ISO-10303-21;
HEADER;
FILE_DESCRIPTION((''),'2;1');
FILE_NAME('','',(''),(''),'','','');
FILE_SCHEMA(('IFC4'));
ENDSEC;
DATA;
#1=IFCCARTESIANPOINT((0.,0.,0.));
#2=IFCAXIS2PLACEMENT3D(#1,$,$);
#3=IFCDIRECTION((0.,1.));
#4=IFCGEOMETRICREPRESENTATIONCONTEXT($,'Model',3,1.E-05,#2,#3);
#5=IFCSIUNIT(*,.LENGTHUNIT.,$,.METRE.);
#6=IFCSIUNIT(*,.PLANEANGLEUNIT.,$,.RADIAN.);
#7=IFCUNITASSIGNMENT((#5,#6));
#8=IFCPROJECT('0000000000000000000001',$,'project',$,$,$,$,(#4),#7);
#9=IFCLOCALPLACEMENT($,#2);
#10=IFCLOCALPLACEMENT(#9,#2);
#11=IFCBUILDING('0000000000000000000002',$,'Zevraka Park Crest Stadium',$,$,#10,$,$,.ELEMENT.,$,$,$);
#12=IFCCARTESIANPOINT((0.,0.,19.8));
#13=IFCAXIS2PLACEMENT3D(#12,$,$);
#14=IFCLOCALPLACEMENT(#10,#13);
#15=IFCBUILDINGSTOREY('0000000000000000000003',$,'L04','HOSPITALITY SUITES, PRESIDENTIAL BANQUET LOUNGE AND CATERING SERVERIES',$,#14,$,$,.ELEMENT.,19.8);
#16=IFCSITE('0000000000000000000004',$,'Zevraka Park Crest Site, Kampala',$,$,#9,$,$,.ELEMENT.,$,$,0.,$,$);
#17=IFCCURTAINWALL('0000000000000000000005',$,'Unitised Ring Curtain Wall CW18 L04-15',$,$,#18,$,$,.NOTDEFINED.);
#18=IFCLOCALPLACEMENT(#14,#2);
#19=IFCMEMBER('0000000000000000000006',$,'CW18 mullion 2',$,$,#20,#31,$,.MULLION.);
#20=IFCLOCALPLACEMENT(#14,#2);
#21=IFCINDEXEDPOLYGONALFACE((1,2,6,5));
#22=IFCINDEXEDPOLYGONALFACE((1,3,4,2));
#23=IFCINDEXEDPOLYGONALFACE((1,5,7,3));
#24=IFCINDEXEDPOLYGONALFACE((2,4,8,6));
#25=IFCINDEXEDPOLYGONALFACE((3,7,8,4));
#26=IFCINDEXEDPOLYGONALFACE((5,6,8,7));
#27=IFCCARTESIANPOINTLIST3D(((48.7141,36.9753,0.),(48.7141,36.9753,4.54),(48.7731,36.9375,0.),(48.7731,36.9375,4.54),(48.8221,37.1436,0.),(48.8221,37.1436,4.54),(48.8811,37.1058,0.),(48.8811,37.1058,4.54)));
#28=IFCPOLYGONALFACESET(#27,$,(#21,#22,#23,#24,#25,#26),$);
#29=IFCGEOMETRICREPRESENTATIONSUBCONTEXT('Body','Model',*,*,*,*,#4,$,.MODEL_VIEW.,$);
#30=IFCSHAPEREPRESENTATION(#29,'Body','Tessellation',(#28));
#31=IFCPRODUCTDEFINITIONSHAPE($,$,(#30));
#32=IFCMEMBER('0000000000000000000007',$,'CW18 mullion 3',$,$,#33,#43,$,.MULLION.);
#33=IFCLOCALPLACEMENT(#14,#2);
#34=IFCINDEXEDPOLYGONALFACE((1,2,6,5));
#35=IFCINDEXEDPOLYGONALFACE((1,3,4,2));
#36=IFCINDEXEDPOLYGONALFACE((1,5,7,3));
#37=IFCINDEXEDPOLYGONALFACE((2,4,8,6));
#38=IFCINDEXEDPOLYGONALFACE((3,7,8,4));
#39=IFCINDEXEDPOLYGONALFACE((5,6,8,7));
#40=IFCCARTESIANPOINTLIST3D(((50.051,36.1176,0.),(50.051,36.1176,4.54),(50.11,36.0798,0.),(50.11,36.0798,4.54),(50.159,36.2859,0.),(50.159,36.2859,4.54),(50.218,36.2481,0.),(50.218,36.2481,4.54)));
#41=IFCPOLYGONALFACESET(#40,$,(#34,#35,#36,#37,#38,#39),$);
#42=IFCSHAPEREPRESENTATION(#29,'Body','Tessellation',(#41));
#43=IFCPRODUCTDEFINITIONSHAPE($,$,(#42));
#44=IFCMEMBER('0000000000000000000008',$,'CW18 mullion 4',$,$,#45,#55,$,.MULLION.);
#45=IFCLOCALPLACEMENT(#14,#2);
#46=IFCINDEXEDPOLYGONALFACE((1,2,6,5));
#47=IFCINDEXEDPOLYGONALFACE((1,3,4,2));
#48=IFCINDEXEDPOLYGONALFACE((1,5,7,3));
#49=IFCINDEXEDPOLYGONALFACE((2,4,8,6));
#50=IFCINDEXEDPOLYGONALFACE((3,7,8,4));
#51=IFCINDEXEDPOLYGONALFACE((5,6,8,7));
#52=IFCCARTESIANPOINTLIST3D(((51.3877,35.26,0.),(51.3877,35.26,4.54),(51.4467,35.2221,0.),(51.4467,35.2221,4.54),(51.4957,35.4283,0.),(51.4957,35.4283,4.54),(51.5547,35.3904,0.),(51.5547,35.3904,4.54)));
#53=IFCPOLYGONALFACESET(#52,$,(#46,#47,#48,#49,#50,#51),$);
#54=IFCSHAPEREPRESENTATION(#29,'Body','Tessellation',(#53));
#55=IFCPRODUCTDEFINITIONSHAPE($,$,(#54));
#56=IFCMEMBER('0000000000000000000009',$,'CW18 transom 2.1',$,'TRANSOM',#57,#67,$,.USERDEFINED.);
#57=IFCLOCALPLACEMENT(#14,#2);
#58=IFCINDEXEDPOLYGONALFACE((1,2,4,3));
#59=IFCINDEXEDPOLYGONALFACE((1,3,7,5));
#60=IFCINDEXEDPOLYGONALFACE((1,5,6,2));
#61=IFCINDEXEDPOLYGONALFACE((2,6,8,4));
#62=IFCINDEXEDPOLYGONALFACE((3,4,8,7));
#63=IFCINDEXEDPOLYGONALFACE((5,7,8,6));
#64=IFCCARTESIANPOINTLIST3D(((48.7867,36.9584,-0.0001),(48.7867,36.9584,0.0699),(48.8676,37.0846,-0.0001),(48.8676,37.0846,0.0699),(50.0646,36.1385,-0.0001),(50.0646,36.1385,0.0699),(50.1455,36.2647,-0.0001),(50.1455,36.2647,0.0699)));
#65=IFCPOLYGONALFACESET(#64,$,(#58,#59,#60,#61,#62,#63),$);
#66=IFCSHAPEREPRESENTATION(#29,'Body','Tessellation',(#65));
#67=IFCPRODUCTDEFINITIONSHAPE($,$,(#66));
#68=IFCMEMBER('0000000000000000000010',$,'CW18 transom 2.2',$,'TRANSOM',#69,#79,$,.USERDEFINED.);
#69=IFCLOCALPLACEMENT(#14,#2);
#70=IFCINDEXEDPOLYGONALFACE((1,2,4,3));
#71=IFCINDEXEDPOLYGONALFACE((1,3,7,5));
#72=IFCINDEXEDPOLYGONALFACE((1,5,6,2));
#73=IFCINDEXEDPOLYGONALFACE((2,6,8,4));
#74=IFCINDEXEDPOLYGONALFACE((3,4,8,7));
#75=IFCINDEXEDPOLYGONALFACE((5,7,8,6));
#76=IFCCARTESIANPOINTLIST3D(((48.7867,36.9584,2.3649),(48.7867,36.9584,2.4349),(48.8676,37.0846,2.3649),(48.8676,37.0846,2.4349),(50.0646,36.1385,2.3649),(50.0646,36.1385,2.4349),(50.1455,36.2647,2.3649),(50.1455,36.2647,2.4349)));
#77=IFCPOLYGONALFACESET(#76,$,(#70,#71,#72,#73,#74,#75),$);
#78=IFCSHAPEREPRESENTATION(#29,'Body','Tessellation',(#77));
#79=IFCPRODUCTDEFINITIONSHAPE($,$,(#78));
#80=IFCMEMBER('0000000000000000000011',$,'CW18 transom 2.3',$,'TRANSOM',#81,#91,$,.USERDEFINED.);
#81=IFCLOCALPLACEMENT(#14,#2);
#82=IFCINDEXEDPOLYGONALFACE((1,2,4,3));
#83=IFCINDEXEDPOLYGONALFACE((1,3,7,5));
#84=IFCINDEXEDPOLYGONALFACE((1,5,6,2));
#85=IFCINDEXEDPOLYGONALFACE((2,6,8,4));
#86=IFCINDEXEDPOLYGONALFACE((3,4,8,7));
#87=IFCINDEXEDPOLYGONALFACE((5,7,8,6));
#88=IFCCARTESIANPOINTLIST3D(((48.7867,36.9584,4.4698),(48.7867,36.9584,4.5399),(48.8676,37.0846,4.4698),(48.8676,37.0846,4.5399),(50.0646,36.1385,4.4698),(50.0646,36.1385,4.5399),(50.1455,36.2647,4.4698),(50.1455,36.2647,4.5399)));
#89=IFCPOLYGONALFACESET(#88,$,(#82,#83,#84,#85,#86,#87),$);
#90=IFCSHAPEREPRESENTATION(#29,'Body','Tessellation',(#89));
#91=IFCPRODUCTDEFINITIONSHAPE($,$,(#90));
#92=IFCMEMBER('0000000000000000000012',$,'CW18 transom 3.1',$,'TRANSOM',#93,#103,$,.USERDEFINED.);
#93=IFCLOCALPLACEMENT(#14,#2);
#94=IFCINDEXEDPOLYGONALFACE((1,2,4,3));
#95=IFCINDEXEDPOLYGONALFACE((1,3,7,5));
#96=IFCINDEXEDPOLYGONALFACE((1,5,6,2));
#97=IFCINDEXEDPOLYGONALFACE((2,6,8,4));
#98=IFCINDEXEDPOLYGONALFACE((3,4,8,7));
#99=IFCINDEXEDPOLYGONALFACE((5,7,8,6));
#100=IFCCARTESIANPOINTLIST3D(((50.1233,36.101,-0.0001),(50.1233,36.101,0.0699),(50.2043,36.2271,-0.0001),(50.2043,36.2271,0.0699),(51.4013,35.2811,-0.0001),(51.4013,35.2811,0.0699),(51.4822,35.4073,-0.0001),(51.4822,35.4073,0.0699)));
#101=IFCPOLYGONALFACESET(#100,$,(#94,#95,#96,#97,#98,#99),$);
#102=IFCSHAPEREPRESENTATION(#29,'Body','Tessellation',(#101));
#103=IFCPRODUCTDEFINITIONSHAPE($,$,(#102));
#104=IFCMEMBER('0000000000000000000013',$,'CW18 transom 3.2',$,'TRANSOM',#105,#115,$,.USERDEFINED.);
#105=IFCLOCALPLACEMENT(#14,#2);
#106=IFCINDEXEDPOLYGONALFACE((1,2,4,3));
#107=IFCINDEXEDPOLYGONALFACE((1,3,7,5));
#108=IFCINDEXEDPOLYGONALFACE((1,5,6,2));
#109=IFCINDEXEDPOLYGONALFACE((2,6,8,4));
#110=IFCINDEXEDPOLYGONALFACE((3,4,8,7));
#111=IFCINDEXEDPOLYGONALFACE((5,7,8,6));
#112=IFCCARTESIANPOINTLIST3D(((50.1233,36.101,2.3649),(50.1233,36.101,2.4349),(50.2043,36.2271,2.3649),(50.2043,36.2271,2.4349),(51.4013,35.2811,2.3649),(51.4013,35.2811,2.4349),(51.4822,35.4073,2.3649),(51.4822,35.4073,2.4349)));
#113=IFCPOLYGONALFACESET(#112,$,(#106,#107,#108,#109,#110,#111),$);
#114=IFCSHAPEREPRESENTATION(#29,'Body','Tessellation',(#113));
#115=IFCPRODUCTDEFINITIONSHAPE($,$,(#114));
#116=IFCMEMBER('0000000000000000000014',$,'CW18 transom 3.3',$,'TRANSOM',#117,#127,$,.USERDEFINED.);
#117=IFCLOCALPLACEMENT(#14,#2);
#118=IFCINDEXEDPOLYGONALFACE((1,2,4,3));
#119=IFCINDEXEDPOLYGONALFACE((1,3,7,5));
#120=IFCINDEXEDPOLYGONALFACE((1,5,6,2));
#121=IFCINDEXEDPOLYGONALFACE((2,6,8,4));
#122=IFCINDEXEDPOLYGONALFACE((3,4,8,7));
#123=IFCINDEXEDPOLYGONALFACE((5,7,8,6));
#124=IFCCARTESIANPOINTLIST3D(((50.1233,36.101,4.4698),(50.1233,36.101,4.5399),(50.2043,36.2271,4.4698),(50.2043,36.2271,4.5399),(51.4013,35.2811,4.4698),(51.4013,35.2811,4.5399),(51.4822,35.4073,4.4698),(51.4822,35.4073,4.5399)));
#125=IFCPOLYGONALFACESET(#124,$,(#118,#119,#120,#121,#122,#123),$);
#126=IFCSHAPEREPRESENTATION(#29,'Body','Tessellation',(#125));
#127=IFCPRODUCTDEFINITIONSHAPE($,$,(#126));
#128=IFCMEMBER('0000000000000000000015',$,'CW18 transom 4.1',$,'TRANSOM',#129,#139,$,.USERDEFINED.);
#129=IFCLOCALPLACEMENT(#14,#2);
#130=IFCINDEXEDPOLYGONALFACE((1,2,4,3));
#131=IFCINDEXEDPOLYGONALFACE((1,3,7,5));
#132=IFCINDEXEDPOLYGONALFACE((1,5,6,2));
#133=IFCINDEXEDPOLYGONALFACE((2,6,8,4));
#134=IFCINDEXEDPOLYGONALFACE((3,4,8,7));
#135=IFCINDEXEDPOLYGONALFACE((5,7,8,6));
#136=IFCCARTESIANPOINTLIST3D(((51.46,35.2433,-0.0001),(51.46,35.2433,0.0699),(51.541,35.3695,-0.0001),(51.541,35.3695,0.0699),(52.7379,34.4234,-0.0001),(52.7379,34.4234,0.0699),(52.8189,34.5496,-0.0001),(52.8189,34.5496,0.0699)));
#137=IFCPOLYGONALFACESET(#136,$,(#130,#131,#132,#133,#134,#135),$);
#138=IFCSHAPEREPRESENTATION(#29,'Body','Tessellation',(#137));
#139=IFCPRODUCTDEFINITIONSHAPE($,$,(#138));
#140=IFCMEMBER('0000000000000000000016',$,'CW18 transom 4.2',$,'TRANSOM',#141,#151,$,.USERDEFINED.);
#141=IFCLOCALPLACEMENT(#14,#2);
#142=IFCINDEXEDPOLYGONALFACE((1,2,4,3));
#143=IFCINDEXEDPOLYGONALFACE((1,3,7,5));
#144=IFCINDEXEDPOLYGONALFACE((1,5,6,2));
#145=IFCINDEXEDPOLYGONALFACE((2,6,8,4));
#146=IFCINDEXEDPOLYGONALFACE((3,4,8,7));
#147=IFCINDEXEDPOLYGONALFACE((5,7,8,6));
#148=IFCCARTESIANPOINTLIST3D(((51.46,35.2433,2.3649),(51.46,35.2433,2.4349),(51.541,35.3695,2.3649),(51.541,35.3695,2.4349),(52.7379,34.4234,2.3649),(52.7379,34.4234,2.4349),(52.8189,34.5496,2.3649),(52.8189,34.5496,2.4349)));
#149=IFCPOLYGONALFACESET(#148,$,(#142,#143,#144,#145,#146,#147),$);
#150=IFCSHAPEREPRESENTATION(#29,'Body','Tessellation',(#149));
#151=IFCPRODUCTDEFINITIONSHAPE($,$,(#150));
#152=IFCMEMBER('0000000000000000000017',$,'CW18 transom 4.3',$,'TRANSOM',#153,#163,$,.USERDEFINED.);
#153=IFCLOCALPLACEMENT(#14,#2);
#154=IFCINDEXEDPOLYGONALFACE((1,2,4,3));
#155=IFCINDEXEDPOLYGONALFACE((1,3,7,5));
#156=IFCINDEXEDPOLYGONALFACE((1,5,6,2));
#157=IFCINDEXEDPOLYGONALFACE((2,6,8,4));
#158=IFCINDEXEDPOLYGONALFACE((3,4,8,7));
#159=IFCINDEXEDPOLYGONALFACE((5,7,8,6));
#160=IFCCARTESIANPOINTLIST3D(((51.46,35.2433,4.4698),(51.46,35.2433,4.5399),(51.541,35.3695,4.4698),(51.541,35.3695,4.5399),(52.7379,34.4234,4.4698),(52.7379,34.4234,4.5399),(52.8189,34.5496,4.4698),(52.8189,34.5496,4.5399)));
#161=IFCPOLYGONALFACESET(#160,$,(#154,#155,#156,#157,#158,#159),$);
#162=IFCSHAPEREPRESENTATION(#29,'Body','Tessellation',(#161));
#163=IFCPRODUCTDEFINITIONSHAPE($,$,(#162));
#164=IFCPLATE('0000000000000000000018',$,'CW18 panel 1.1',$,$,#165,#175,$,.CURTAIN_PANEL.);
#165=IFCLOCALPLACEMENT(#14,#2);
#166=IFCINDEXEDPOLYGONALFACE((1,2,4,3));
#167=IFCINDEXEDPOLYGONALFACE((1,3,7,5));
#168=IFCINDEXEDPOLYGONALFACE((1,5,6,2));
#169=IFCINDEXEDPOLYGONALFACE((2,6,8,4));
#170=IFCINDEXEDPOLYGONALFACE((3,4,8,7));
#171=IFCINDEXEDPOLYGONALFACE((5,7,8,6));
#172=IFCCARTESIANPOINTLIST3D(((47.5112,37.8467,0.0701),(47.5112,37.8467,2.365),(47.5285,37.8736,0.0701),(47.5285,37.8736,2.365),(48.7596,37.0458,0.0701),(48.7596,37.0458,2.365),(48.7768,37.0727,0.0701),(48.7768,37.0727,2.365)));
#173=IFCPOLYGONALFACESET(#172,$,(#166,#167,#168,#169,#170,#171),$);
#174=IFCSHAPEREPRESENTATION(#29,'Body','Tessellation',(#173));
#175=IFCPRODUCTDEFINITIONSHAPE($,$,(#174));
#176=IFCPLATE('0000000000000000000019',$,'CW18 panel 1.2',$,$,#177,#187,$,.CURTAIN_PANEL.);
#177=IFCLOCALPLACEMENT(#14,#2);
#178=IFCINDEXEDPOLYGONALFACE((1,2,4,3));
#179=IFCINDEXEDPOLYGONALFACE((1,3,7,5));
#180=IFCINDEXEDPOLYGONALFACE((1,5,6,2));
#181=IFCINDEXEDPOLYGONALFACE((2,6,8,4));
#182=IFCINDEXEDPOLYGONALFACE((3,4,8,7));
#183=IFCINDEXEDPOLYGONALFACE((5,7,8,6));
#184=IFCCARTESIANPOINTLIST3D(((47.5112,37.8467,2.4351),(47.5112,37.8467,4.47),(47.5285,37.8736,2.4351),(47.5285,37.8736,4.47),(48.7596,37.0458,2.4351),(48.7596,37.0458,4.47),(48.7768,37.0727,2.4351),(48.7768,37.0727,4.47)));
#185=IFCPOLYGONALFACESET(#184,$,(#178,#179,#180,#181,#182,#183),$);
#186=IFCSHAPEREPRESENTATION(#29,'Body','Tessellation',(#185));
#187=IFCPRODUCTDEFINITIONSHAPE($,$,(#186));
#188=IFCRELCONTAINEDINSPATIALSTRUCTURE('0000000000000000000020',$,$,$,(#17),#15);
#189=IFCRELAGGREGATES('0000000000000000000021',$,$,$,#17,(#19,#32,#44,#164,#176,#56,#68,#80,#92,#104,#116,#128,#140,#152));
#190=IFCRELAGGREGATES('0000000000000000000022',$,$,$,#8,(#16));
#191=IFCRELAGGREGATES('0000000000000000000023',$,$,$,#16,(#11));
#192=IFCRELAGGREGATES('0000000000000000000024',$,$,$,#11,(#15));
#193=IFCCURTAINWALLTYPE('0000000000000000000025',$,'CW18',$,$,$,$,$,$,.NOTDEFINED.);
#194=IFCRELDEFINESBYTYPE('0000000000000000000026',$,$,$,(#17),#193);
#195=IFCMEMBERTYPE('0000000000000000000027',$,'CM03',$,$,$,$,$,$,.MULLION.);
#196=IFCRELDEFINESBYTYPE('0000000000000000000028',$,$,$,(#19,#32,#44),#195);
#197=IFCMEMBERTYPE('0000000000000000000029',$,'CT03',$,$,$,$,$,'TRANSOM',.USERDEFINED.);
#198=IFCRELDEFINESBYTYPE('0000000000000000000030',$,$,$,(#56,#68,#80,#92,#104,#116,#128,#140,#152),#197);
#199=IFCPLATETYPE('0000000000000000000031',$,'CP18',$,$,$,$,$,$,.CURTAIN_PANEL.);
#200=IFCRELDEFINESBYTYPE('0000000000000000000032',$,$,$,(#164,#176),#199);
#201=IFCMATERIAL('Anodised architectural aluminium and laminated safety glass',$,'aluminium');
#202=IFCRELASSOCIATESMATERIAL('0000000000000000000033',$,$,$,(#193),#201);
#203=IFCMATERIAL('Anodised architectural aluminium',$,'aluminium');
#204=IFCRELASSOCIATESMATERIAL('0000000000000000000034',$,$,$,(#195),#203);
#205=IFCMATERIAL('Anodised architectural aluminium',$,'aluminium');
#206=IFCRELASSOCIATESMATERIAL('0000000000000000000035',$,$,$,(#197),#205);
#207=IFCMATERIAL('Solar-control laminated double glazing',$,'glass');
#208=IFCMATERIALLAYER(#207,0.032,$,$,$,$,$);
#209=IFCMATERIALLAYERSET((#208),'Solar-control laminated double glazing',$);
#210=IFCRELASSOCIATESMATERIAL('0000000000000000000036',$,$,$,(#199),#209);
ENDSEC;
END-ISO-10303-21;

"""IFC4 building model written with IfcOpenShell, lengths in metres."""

from ifc_helpers import new_model, si_unit, direction, frame, origin, origin_2d, place, context, subcontext, project, spatial, rectangle, extrude, material, layer, layer_set, material_profile, profile_set, type_object, element, aggregate, save


model = new_model("IFC4")

# Units and contexts
model_context = context("Model", 3, precision=1e-05, world=origin(), true_north=direction((0.0, 1.0)))
body_context = subcontext(model_context, "Body", "Model", "MODEL_VIEW")
ifc_project = project(units=[si_unit("LENGTHUNIT", "METRE"), si_unit("PLANEANGLEUNIT", "RADIAN")], contexts=[model_context])

# Site, building, storey
site_placement = place(None, origin())
site = spatial("IfcSite", under=ifc_project, at=site_placement, Name="Zevraka Park Crest Site, Kampala", CompositionType="ELEMENT", RefElevation=0.0)
building_placement = place(site_placement, origin())
building = spatial("IfcBuilding", under=site, at=building_placement, Name="Zevraka Park Crest Stadium", CompositionType="ELEMENT")
storey_placement = place(building_placement, frame((0.0, 0.0, 19.8)))
storey = spatial("IfcBuildingStorey", under=building, at=storey_placement, Name="L04", Description="HOSPITALITY SUITES, PRESIDENTIAL BANQUET LOUNGE AND CATERING SERVERIES", CompositionType="ELEMENT", Elevation=19.8)

# Curtain wall, members, plates
ifc_material_1 = material(Name="Anodised architectural aluminium and laminated safety glass", Category="aluminium")
curtain_wall_type = type_object("IfcCurtainWallType", Name="CW18", PredefinedType="NOTDEFINED", material=ifc_material_1)
curtain_wall_placement = place(storey_placement, origin())
curtain_wall = element("IfcCurtainWall", 1, at=curtain_wall_placement, inside=storey, type_object=curtain_wall_type, Name="Unitised Ring Curtain Wall CW18 L04-15", PredefinedType="NOTDEFINED")
ifc_material_2 = material(Name="Anodised architectural aluminium", Category="aluminium")
ifc_material_profile_1 = material_profile(ifc_material_2, rectangle(XDim=0.2, YDim=0.0701, at=origin_2d()), Name="ALU MULLION 200x70")
ifc_profile_set_1 = profile_set([ifc_material_profile_1], Name="Anodised architectural aluminium")
member_type_1 = type_object("IfcMemberType", Name="CM03", PredefinedType="MULLION", material=ifc_profile_set_1)
member_1_placement = place(storey_placement, frame((48.7976, 37.0405, 0.0), z_axis=(0.0, 0.0, 1.0), x_axis=(0.53998, 0.841678, 0.0)))
member_1 = element("IfcMember", 2, at=member_1_placement, type_object=member_type_1, Name="CW18 mullion 2", PredefinedType="MULLION", context=body_context, shape_type="SweptSolid", body=[
    extrude(rectangle(XDim=0.2, YDim=0.0701, at=origin_2d()), origin(), (0.0, 0.0, 1.0), 4.54),
])
member_2_placement = place(storey_placement, frame((50.1345, 36.1829, 0.0), z_axis=(0.0, 0.0, 1.0), x_axis=(0.53998, 0.841678, 0.0)))
member_2 = element("IfcMember", 3, at=member_2_placement, type_object=member_type_1, Name="CW18 mullion 3", PredefinedType="MULLION", context=body_context, shape_type="SweptSolid", body=[
    extrude(rectangle(XDim=0.2, YDim=0.0701, at=origin_2d()), origin(), (0.0, 0.0, 1.0), 4.54),
])
member_3_placement = place(storey_placement, frame((51.4712, 35.3252, 0.0), z_axis=(0.0, 0.0, 1.0), x_axis=(0.53998, 0.841678, 0.0)))
member_3 = element("IfcMember", 4, at=member_3_placement, type_object=member_type_1, Name="CW18 mullion 4", PredefinedType="MULLION", context=body_context, shape_type="SweptSolid", body=[
    extrude(rectangle(XDim=0.2, YDim=0.0701, at=origin_2d()), origin(), (0.0, 0.0, 1.0), 4.54),
])
ifc_material_3 = material(Name="Anodised architectural aluminium", Category="aluminium")
ifc_material_profile_2 = material_profile(ifc_material_3, rectangle(XDim=0.1499, YDim=0.0701, at=origin_2d()), Name="ALU TRANSOM 150x70")
ifc_profile_set_2 = profile_set([ifc_material_profile_2], Name="Anodised architectural aluminium")
member_type_2 = type_object("IfcMemberType", Name="CT03", ElementType="TRANSOM", PredefinedType="USERDEFINED", material=ifc_profile_set_2)
member_4_placement = place(storey_placement, frame((48.8271, 37.0215, 0.0349), z_axis=(0.841669, -0.539993, 0.0), x_axis=(0.539993, 0.841669, 0.0)))
member_4 = element("IfcMember", 5, at=member_4_placement, type_object=member_type_2, Name="CW18 transom 2.1", ObjectType="TRANSOM", PredefinedType="USERDEFINED", context=body_context, shape_type="SweptSolid", body=[
    extrude(rectangle(XDim=0.1499, YDim=0.0701, at=origin_2d()), origin(), (0.0, 0.0, 1.0), 1.5183),
])
member_5_placement = place(storey_placement, frame((48.8271, 37.0215, 2.3999), z_axis=(0.841669, -0.539993, 0.0), x_axis=(0.539993, 0.841669, 0.0)))
member_5 = element("IfcMember", 6, at=member_5_placement, type_object=member_type_2, Name="CW18 transom 2.2", ObjectType="TRANSOM", PredefinedType="USERDEFINED", context=body_context, shape_type="SweptSolid", body=[
    extrude(rectangle(XDim=0.1499, YDim=0.0701, at=origin_2d()), origin(), (0.0, 0.0, 1.0), 1.5183),
])
member_6_placement = place(storey_placement, frame((48.8271, 37.0215, 4.5049), z_axis=(0.841669, -0.539993, 0.0), x_axis=(0.539993, 0.841669, 0.0)))
member_6 = element("IfcMember", 7, at=member_6_placement, type_object=member_type_2, Name="CW18 transom 2.3", ObjectType="TRANSOM", PredefinedType="USERDEFINED", context=body_context, shape_type="SweptSolid", body=[
    extrude(rectangle(XDim=0.1499, YDim=0.0701, at=origin_2d()), origin(), (0.0, 0.0, 1.0), 1.5183),
])
member_7_placement = place(storey_placement, frame((50.1638, 36.1641, 0.0349), z_axis=(0.841669, -0.539993, 0.0), x_axis=(0.539993, 0.841669, 0.0)))
member_7 = element("IfcMember", 8, at=member_7_placement, type_object=member_type_2, Name="CW18 transom 3.1", ObjectType="TRANSOM", PredefinedType="USERDEFINED", context=body_context, shape_type="SweptSolid", body=[
    extrude(rectangle(XDim=0.1499, YDim=0.0701, at=origin_2d()), origin(), (0.0, 0.0, 1.0), 1.5183),
])
member_8_placement = place(storey_placement, frame((50.1638, 36.1641, 2.3999), z_axis=(0.841669, -0.539993, 0.0), x_axis=(0.539993, 0.841669, 0.0)))
member_8 = element("IfcMember", 9, at=member_8_placement, type_object=member_type_2, Name="CW18 transom 3.2", ObjectType="TRANSOM", PredefinedType="USERDEFINED", context=body_context, shape_type="SweptSolid", body=[
    extrude(rectangle(XDim=0.1499, YDim=0.0701, at=origin_2d()), origin(), (0.0, 0.0, 1.0), 1.5183),
])
member_9_placement = place(storey_placement, frame((50.1638, 36.1641, 4.5049), z_axis=(0.841669, -0.539993, 0.0), x_axis=(0.539993, 0.841669, 0.0)))
member_9 = element("IfcMember", 10, at=member_9_placement, type_object=member_type_2, Name="CW18 transom 3.3", ObjectType="TRANSOM", PredefinedType="USERDEFINED", context=body_context, shape_type="SweptSolid", body=[
    extrude(rectangle(XDim=0.1499, YDim=0.0701, at=origin_2d()), origin(), (0.0, 0.0, 1.0), 1.5183),
])
member_10_placement = place(storey_placement, frame((51.5005, 35.3064, 0.0349), z_axis=(0.841669, -0.539993, 0.0), x_axis=(0.539993, 0.841669, 0.0)))
member_10 = element("IfcMember", 11, at=member_10_placement, type_object=member_type_2, Name="CW18 transom 4.1", ObjectType="TRANSOM", PredefinedType="USERDEFINED", context=body_context, shape_type="SweptSolid", body=[
    extrude(rectangle(XDim=0.1499, YDim=0.0701, at=origin_2d()), origin(), (0.0, 0.0, 1.0), 1.5183),
])
member_11_placement = place(storey_placement, frame((51.5005, 35.3064, 2.3999), z_axis=(0.841669, -0.539993, 0.0), x_axis=(0.539993, 0.841669, 0.0)))
member_11 = element("IfcMember", 12, at=member_11_placement, type_object=member_type_2, Name="CW18 transom 4.2", ObjectType="TRANSOM", PredefinedType="USERDEFINED", context=body_context, shape_type="SweptSolid", body=[
    extrude(rectangle(XDim=0.1499, YDim=0.0701, at=origin_2d()), origin(), (0.0, 0.0, 1.0), 1.5183),
])
member_12_placement = place(storey_placement, frame((51.5005, 35.3064, 4.5049), z_axis=(0.841669, -0.539993, 0.0), x_axis=(0.539993, 0.841669, 0.0)))
member_12 = element("IfcMember", 13, at=member_12_placement, type_object=member_type_2, Name="CW18 transom 4.3", ObjectType="TRANSOM", PredefinedType="USERDEFINED", context=body_context, shape_type="SweptSolid", body=[
    extrude(rectangle(XDim=0.1499, YDim=0.0701, at=origin_2d()), origin(), (0.0, 0.0, 1.0), 1.5183),
])
ifc_material_4 = material(Name="Solar-control laminated double glazing", Category="glass")
ifc_layer_1 = layer(ifc_material_4, 0.032)
ifc_layer_set_1 = layer_set([ifc_layer_1], Name="Solar-control laminated double glazing")
plate_type = type_object("IfcPlateType", Name="CP18", PredefinedType="CURTAIN_PANEL", material=ifc_layer_set_1)
plate_1_placement = place(storey_placement, frame((48.144, 37.4597, 0.0701), z_axis=(0.0, 0.0, 1.0), x_axis=(0.841678, -0.53998, 0.0)))
plate_1 = element("IfcPlate", 14, at=plate_1_placement, type_object=plate_type, Name="CW18 panel 1.1", PredefinedType="CURTAIN_PANEL", context=body_context, shape_type="SweptSolid", body=[
    extrude(rectangle(XDim=1.4832, YDim=0.032, at=origin_2d()), origin(), (0.0, 0.0, 1.0), 2.2949),
])
plate_2_placement = place(storey_placement, frame((48.144, 37.4597, 2.4351), z_axis=(0.0, 0.0, 1.0), x_axis=(0.841678, -0.53998, 0.0)))
plate_2 = element("IfcPlate", 15, at=plate_2_placement, type_object=plate_type, Name="CW18 panel 1.2", PredefinedType="CURTAIN_PANEL", context=body_context, shape_type="SweptSolid", body=[
    extrude(rectangle(XDim=1.4832, YDim=0.032, at=origin_2d()), origin(), (0.0, 0.0, 1.0), 2.0349),
])
aggregate(curtain_wall, [member_1, member_2, member_3, plate_1, plate_2, member_4, member_5, member_6, member_7, member_8, member_9, member_10, member_11, member_12])

save(model, "model.ifc")
